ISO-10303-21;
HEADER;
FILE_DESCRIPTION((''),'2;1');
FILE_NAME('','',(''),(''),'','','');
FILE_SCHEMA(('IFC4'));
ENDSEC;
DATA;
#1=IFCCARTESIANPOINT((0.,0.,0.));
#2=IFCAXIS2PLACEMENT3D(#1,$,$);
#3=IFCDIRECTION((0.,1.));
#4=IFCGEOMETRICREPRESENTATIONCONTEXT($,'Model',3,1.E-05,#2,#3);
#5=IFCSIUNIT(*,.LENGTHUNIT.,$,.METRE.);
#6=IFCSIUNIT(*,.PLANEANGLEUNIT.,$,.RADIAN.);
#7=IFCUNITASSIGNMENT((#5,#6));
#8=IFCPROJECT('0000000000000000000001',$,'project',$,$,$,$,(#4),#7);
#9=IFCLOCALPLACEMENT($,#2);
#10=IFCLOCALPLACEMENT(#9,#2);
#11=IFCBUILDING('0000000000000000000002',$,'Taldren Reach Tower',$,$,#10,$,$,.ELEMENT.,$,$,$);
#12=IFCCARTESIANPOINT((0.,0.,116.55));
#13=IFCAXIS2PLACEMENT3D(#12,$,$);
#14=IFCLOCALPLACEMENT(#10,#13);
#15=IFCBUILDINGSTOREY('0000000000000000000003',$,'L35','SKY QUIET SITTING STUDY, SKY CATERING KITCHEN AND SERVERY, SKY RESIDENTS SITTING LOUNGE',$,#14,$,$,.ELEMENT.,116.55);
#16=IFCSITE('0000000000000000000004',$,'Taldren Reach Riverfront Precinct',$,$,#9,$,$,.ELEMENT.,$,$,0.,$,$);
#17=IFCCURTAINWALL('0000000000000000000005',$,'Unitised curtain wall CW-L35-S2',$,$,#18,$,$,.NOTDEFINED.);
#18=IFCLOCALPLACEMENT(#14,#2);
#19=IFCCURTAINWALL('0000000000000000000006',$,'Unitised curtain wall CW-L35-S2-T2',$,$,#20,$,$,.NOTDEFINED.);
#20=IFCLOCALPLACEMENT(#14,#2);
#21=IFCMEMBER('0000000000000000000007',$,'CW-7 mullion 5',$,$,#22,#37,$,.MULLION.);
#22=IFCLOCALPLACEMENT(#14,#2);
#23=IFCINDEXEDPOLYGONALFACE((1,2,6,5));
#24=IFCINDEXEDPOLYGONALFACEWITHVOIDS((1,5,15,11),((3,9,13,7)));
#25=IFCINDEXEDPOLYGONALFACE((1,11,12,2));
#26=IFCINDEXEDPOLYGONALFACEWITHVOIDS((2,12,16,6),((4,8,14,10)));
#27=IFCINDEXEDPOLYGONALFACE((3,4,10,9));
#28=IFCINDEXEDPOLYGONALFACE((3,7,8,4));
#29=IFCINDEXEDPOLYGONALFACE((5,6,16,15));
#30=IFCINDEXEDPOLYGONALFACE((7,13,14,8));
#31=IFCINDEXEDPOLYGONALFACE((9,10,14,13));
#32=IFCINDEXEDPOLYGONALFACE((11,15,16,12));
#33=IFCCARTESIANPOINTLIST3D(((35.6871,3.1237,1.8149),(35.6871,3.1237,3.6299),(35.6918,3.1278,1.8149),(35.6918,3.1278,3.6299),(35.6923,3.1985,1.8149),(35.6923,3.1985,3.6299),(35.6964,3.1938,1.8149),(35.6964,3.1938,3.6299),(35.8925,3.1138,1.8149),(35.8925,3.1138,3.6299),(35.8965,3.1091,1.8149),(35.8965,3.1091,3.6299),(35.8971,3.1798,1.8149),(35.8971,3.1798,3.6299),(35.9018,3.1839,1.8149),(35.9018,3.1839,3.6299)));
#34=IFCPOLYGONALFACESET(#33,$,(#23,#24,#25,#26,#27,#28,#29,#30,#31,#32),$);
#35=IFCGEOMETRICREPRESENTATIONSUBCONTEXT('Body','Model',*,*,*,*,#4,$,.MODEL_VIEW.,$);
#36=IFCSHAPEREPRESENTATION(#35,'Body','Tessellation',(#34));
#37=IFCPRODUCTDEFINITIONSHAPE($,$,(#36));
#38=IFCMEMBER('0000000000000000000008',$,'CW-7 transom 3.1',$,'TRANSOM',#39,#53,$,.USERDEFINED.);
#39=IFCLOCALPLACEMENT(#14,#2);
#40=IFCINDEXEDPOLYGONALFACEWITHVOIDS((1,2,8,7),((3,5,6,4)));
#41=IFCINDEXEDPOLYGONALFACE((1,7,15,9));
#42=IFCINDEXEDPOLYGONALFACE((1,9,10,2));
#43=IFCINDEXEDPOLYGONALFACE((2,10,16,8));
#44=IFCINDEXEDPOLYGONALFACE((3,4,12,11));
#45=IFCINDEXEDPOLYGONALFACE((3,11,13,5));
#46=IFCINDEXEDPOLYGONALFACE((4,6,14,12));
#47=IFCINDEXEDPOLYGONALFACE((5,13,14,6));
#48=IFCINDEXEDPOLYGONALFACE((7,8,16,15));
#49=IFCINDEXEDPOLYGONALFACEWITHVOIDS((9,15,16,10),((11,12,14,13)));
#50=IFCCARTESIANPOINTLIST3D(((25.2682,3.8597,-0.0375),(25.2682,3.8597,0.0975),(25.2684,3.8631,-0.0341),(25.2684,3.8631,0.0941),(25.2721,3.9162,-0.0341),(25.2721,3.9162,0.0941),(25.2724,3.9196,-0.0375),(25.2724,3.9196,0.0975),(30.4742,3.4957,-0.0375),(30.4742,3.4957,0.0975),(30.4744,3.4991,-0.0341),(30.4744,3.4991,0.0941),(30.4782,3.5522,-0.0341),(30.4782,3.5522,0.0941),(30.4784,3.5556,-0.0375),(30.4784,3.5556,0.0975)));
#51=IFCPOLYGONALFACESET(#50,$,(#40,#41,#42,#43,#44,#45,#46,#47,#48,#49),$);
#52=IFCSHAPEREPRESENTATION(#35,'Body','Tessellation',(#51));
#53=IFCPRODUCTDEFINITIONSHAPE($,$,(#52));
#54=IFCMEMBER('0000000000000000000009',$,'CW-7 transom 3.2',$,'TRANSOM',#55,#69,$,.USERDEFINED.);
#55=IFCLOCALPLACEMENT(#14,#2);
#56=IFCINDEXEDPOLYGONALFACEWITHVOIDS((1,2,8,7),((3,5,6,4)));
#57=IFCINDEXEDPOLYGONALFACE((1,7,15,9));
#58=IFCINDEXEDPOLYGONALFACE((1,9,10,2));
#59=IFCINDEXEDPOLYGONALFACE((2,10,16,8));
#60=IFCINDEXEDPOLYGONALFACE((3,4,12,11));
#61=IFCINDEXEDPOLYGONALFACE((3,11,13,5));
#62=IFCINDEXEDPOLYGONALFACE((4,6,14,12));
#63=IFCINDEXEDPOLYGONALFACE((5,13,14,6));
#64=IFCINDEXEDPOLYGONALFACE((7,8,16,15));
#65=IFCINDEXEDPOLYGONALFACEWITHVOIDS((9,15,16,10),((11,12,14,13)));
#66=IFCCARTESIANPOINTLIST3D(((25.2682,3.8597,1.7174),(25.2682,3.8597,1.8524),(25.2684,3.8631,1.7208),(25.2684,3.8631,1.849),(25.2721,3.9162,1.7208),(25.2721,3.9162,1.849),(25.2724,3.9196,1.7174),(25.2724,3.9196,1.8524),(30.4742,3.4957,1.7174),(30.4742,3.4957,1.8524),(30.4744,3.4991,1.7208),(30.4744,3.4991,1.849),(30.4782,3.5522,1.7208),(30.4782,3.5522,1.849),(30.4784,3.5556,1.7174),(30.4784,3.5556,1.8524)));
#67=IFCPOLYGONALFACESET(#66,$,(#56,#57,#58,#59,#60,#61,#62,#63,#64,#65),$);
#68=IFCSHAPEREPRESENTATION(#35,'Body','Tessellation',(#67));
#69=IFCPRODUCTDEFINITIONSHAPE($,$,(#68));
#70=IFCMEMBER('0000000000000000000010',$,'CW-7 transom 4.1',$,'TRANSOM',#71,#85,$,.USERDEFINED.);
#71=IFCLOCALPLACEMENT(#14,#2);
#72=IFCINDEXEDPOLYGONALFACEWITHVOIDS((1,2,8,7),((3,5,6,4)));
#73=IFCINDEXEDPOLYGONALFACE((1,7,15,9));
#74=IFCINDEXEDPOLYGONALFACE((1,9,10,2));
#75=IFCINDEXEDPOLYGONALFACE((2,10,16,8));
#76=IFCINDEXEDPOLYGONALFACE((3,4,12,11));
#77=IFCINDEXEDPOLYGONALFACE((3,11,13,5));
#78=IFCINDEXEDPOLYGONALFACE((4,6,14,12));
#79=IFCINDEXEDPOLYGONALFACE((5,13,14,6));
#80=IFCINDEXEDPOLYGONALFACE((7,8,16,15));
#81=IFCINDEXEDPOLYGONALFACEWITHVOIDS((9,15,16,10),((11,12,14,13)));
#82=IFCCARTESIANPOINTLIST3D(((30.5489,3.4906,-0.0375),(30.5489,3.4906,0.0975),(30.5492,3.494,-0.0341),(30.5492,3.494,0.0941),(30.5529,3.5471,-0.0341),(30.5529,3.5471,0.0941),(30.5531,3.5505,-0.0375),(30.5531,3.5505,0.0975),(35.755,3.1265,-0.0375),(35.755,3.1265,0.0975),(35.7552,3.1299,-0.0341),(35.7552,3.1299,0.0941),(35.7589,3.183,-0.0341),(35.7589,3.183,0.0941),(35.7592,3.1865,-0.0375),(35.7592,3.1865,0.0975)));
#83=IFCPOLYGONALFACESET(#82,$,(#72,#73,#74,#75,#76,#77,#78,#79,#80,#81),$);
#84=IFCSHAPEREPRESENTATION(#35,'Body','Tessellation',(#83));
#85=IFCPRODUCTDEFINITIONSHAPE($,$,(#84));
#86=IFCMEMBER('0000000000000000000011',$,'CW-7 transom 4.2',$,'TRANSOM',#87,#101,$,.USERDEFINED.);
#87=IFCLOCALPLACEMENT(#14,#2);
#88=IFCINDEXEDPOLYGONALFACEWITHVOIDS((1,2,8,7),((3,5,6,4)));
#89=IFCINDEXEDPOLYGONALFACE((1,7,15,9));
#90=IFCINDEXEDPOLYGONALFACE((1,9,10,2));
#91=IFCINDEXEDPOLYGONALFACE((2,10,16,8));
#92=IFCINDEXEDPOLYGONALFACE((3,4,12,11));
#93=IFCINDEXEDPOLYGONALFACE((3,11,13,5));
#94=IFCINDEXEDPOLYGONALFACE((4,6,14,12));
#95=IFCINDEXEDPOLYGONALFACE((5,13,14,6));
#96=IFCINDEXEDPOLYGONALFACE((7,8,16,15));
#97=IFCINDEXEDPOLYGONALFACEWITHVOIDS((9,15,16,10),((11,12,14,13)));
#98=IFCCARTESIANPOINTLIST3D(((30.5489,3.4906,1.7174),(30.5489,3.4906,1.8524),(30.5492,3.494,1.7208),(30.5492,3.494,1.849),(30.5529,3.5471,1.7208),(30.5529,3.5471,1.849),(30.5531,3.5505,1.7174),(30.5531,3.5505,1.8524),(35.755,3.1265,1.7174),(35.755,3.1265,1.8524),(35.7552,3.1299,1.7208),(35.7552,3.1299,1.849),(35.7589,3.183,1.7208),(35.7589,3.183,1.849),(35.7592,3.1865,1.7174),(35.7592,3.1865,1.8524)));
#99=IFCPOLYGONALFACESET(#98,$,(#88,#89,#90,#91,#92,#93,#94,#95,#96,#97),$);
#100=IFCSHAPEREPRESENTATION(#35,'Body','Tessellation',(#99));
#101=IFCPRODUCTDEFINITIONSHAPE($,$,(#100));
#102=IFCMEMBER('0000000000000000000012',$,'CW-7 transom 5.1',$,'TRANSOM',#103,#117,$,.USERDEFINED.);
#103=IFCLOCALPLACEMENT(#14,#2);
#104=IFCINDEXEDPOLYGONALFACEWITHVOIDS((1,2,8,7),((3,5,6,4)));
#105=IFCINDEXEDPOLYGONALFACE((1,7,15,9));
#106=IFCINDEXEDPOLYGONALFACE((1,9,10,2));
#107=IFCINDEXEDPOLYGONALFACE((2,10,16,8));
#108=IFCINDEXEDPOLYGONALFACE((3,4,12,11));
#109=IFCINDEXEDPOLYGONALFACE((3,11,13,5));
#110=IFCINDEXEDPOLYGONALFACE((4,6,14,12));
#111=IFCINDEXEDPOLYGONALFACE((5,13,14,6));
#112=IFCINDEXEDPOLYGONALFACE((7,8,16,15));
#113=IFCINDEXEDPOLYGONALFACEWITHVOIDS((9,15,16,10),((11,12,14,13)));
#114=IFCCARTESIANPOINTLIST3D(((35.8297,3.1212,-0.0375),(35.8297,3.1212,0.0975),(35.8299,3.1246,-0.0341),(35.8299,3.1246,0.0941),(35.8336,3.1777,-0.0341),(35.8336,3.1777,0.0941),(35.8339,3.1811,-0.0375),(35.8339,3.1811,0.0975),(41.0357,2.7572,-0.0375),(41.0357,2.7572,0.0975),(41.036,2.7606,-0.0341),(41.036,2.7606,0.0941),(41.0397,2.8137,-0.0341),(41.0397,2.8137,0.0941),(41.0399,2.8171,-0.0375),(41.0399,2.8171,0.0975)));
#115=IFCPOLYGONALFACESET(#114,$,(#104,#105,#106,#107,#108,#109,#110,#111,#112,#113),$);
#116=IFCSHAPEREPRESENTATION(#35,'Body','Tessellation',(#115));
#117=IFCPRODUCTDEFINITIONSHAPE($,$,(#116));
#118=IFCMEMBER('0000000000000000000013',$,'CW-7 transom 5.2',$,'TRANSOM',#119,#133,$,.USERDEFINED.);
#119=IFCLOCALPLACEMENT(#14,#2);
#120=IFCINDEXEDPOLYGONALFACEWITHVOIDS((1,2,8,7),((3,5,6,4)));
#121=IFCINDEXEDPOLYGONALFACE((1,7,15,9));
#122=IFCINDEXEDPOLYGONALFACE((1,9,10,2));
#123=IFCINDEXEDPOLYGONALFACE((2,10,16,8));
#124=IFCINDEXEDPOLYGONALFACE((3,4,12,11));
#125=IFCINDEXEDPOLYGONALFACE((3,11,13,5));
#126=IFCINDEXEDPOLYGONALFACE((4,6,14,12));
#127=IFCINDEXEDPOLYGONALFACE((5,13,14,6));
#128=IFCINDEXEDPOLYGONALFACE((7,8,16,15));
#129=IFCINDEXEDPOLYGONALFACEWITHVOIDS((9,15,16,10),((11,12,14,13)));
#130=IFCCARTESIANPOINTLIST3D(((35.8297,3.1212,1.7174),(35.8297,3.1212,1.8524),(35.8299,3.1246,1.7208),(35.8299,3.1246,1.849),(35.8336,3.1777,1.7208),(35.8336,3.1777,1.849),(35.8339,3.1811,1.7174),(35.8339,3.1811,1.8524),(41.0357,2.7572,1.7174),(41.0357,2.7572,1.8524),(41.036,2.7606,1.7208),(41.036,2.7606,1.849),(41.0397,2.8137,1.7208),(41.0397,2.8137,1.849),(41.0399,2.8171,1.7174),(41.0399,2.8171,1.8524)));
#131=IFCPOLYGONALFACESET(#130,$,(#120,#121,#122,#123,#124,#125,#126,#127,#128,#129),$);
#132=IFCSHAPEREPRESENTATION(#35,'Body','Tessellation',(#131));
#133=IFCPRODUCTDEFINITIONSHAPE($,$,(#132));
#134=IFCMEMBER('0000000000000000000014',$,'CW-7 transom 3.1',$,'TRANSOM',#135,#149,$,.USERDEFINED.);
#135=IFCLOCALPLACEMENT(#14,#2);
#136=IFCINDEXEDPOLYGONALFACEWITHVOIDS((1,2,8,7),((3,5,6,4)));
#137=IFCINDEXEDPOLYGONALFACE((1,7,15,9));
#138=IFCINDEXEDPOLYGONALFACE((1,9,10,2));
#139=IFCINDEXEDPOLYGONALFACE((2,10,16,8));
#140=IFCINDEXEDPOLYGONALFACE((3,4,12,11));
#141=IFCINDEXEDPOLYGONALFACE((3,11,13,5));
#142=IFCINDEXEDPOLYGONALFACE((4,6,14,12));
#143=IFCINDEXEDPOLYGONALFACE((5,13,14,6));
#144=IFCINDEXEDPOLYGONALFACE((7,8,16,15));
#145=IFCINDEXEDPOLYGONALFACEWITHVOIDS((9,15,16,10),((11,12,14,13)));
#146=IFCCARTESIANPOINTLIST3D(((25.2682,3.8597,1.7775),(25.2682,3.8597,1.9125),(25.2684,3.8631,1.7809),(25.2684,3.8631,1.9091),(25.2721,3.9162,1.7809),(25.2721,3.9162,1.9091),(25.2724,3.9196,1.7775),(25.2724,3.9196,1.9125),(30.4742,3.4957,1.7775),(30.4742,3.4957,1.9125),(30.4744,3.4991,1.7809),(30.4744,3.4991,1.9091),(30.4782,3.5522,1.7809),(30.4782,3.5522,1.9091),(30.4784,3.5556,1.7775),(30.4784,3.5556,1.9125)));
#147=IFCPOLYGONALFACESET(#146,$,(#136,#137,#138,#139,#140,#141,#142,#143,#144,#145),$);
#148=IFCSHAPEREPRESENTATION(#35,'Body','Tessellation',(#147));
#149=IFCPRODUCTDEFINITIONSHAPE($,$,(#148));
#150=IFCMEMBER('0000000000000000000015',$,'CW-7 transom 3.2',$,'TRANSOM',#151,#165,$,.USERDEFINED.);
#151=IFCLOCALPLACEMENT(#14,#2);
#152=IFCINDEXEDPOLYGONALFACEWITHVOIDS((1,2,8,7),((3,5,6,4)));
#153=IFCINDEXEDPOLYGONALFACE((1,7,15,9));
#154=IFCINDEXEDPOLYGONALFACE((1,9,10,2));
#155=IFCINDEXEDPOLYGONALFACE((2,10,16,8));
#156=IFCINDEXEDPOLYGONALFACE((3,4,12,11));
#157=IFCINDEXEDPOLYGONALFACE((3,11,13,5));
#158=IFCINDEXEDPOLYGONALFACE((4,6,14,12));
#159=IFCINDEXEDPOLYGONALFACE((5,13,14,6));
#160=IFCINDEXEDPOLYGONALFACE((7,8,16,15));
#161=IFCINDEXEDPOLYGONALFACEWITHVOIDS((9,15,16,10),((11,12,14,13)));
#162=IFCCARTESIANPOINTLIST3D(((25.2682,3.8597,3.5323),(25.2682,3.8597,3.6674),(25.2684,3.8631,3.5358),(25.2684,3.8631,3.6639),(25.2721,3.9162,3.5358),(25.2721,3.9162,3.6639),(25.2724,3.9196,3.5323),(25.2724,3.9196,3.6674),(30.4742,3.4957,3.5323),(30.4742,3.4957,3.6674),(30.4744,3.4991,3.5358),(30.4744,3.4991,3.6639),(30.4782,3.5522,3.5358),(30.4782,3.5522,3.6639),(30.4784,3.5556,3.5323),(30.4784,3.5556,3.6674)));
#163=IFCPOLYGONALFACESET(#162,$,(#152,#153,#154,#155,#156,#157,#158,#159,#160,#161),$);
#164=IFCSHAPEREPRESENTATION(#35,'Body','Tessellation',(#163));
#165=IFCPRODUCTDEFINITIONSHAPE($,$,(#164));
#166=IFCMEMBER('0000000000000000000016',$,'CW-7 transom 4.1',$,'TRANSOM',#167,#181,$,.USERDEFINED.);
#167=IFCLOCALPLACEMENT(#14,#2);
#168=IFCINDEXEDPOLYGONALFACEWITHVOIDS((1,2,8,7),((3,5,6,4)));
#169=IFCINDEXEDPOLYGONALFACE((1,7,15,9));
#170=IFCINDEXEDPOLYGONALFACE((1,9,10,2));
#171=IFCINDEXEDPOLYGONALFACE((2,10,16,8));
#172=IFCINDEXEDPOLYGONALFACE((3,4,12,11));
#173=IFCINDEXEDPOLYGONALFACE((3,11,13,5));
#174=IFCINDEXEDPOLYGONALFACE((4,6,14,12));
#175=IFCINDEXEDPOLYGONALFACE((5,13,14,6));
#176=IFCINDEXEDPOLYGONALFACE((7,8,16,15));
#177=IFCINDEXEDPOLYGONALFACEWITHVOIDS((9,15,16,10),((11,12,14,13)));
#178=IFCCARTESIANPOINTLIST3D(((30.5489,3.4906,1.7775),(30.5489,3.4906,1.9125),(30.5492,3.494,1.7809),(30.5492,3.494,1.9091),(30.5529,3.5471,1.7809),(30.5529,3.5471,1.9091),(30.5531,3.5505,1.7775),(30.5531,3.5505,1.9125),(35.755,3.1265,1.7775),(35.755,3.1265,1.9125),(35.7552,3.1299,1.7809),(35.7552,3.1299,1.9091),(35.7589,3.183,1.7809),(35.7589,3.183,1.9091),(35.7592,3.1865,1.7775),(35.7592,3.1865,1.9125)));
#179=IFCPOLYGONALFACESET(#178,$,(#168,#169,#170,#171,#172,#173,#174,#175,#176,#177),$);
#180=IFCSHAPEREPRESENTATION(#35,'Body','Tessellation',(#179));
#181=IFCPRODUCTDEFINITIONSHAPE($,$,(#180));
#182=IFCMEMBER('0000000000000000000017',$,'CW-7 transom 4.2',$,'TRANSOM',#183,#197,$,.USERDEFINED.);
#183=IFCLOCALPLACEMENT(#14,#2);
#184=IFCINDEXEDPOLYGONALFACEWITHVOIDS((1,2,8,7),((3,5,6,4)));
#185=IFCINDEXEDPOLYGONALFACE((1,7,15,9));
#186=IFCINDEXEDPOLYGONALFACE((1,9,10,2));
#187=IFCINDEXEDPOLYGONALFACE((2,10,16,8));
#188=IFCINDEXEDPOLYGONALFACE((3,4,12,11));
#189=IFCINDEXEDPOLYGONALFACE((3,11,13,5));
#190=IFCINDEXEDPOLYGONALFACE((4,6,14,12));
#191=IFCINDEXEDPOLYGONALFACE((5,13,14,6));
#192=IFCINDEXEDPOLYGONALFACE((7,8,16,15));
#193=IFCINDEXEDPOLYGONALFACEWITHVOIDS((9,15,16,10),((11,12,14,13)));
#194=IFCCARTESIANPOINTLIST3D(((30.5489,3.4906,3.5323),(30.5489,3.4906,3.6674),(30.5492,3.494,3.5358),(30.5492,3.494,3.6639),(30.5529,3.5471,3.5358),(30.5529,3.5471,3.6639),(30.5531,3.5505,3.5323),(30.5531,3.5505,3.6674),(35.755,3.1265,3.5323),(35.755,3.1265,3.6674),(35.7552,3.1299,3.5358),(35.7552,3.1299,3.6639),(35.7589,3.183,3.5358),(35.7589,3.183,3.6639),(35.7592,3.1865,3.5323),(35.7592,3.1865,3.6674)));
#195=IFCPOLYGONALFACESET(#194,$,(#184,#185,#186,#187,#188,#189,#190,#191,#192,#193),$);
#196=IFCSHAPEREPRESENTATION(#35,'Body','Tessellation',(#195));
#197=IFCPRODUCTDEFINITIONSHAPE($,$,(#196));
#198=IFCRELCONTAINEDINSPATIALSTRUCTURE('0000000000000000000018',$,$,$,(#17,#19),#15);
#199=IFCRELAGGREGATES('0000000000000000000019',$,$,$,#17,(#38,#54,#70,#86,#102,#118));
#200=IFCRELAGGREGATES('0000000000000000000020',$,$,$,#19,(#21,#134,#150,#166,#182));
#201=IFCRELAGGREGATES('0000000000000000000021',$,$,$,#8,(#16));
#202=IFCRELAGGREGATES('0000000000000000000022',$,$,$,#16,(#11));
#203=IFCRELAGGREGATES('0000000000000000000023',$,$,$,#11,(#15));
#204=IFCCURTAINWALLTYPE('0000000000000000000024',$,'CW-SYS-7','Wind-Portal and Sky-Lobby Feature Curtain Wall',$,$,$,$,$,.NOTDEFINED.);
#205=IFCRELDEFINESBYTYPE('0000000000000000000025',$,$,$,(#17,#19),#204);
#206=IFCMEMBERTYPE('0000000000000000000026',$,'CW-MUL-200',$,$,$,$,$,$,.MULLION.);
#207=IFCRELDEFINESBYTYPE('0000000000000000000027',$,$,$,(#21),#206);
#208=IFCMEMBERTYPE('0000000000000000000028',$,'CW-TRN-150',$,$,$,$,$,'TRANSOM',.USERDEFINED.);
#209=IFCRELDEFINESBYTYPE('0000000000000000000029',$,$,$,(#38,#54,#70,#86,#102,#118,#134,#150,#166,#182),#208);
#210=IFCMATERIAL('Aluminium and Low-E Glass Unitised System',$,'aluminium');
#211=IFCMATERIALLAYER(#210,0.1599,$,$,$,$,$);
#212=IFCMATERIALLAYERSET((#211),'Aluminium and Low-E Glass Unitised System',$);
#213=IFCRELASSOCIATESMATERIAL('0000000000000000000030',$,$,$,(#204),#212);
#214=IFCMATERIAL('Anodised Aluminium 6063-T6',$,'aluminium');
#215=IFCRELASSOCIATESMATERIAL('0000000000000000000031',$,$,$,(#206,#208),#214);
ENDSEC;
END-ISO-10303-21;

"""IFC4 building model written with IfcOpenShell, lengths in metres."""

from ifc_helpers import new_model, si_unit, direction, frame, origin, origin_2d, place, context, subcontext, project, spatial, hollow_rectangle, extrude, source, transform, mapped, material, layer, layer_set, material_profile, profile_set, type_object, element, aggregate, save


model = new_model("IFC4")

# Units and contexts
model_context = context("Model", 3, precision=1e-05, world=origin(), true_north=direction((0.0, 1.0)))
body_context = subcontext(model_context, "Body", "Model", "MODEL_VIEW")
ifc_project = project(units=[si_unit("LENGTHUNIT", "METRE"), si_unit("PLANEANGLEUNIT", "RADIAN")], contexts=[model_context])

# Site, building, storey
site_placement = place(None, origin())
site = spatial("IfcSite", under=ifc_project, at=site_placement, Name="Taldren Reach Riverfront Precinct", CompositionType="ELEMENT", RefElevation=0.0)
building_placement = place(site_placement, origin())
building = spatial("IfcBuilding", under=site, at=building_placement, Name="Taldren Reach Tower", CompositionType="ELEMENT")
storey_placement = place(building_placement, frame((0.0, 0.0, 116.55)))
storey = spatial("IfcBuildingStorey", under=building, at=storey_placement, Name="L35", Description="SKY QUIET SITTING STUDY, SKY CATERING KITCHEN AND SERVERY, SKY RESIDENTS SITTING LOUNGE", CompositionType="ELEMENT", Elevation=116.55)

# Curtain walls, member
ifc_material_1 = material(Name="Aluminium and Low-E Glass Unitised System", Category="aluminium")
ifc_layer_1 = layer(ifc_material_1, 0.1599)
ifc_layer_set_1 = layer_set([ifc_layer_1], Name="Aluminium and Low-E Glass Unitised System")
curtain_wall_type = type_object("IfcCurtainWallType", Name="CW-SYS-7", Description="Wind-Portal and Sky-Lobby Feature Curtain Wall", PredefinedType="NOTDEFINED", material=ifc_layer_set_1)
curtain_wall_1_placement = place(storey_placement, origin())
curtain_wall_1 = element("IfcCurtainWall", 1, at=curtain_wall_1_placement, inside=storey, type_object=curtain_wall_type, Name="Unitised curtain wall CW-L35-S2", PredefinedType="NOTDEFINED")
ifc_material_2 = material(Name="Anodised Aluminium 6063-T6", Category="aluminium")
ifc_material_profile_1 = material_profile(ifc_material_2, hollow_rectangle(XDim=0.075, YDim=0.21, WallThickness=0.0044, at=origin_2d()), Name="ALU-210x75x4.5RHS")
ifc_profile_set_1 = profile_set([ifc_material_profile_1], Name="Anodised Aluminium 6063-T6")
member_type_1 = type_object("IfcMemberType", Name="CW-MUL-200", PredefinedType="MULLION", material=ifc_profile_set_1)
shared_shape_1 = source(origin(), body_context, "Body", "SweptSolid", [
    extrude(hollow_rectangle(XDim=0.075, YDim=0.21, WallThickness=0.0044, at=origin_2d()), origin(), (0.0, 0.0, 1.0), 1.8149),
])
curtain_wall_2_placement = place(storey_placement, origin())
curtain_wall_2 = element("IfcCurtainWall", 2, at=curtain_wall_2_placement, inside=storey, type_object=curtain_wall_type, Name="Unitised curtain wall CW-L35-S2-T2", PredefinedType="NOTDEFINED")
member_1_placement = place(storey_placement, frame((35.7944, 3.1538, 1.8149), z_axis=(0.0, 0.0, 1.0), x_axis=(0.069757, 0.997564, 0.0)))
member_1 = element("IfcMember", 3, at=member_1_placement, type_object=member_type_1, Name="CW-7 mullion 5", PredefinedType="MULLION", context=body_context, shape_type="MappedRepresentation", body=[
    mapped(shared_shape_1, transform((0.0, 0.0, 0.0), scale=1.0)),
])

# Members
ifc_material_profile_2 = material_profile(ifc_material_2, hollow_rectangle(XDim=0.0601, YDim=0.135, WallThickness=0.0034, at=origin_2d()), Name="ALU-135x60x3.5RHS")
ifc_profile_set_2 = profile_set([ifc_material_profile_2], Name="Anodised Aluminium 6063-T6")
member_type_2 = type_object("IfcMemberType", Name="CW-TRN-150", ElementType="TRANSOM", PredefinedType="USERDEFINED", material=ifc_profile_set_2)
shared_shape_2 = source(origin(), body_context, "Body", "SweptSolid", [
    extrude(hollow_rectangle(XDim=0.0601, YDim=0.135, WallThickness=0.0034, at=origin_2d()), origin(), (0.0, 0.0, 1.0), 5.2188),
])
member_2_placement = place(storey_placement, frame((25.2703, 3.8896, 0.03), z_axis=(0.997564, -0.069751, 0.0), x_axis=(0.069751, 0.997564, 0.0)))
member_2 = element("IfcMember", 4, at=member_2_placement, type_object=member_type_2, Name="CW-7 transom 3.1", ObjectType="TRANSOM", PredefinedType="USERDEFINED", context=body_context, shape_type="MappedRepresentation", body=[
    mapped(shared_shape_2, transform((0.0, 0.0, 0.0), scale=1.0)),
])
member_3_placement = place(storey_placement, frame((25.2703, 3.8896, 1.7849), z_axis=(0.997564, -0.069751, 0.0), x_axis=(0.069751, 0.997564, 0.0)))
member_3 = element("IfcMember", 5, at=member_3_placement, type_object=member_type_2, Name="CW-7 transom 3.2", ObjectType="TRANSOM", PredefinedType="USERDEFINED", context=body_context, shape_type="MappedRepresentation", body=[
    mapped(shared_shape_2, transform((0.0, 0.0, 0.0), scale=1.0)),
])
member_4_placement = place(storey_placement, frame((30.551, 3.5205, 0.03), z_axis=(0.997564, -0.069751, 0.0), x_axis=(0.069751, 0.997564, 0.0)))
member_4 = element("IfcMember", 6, at=member_4_placement, type_object=member_type_2, Name="CW-7 transom 4.1", ObjectType="TRANSOM", PredefinedType="USERDEFINED", context=body_context, shape_type="MappedRepresentation", body=[
    mapped(shared_shape_2, transform((0.0, 0.0, 0.0), scale=1.0)),
])
member_5_placement = place(storey_placement, frame((30.551, 3.5205, 1.7849), z_axis=(0.997564, -0.069751, 0.0), x_axis=(0.069751, 0.997564, 0.0)))
member_5 = element("IfcMember", 7, at=member_5_placement, type_object=member_type_2, Name="CW-7 transom 4.2", ObjectType="TRANSOM", PredefinedType="USERDEFINED", context=body_context, shape_type="MappedRepresentation", body=[
    mapped(shared_shape_2, transform((0.0, 0.0, 0.0), scale=1.0)),
])
member_6_placement = place(storey_placement, frame((35.8318, 3.1511, 0.03), z_axis=(0.997564, -0.069751, 0.0), x_axis=(0.069751, 0.997564, 0.0)))
member_6 = element("IfcMember", 8, at=member_6_placement, type_object=member_type_2, Name="CW-7 transom 5.1", ObjectType="TRANSOM", PredefinedType="USERDEFINED", context=body_context, shape_type="MappedRepresentation", body=[
    mapped(shared_shape_2, transform((0.0, 0.0, 0.0), scale=1.0)),
])
member_7_placement = place(storey_placement, frame((35.8318, 3.1511, 1.7849), z_axis=(0.997564, -0.069751, 0.0), x_axis=(0.069751, 0.997564, 0.0)))
member_7 = element("IfcMember", 9, at=member_7_placement, type_object=member_type_2, Name="CW-7 transom 5.2", ObjectType="TRANSOM", PredefinedType="USERDEFINED", context=body_context, shape_type="MappedRepresentation", body=[
    mapped(shared_shape_2, transform((0.0, 0.0, 0.0), scale=1.0)),
])
member_8_placement = place(storey_placement, frame((25.2703, 3.8896, 1.845), z_axis=(0.997564, -0.069751, 0.0), x_axis=(0.069751, 0.997564, 0.0)))
member_8 = element("IfcMember", 10, at=member_8_placement, type_object=member_type_2, Name="CW-7 transom 3.1", ObjectType="TRANSOM", PredefinedType="USERDEFINED", context=body_context, shape_type="MappedRepresentation", body=[
    mapped(shared_shape_2, transform((0.0, 0.0, 0.0), scale=1.0)),
])
member_9_placement = place(storey_placement, frame((25.2703, 3.8896, 3.5999), z_axis=(0.997564, -0.069751, 0.0), x_axis=(0.069751, 0.997564, 0.0)))
member_9 = element("IfcMember", 11, at=member_9_placement, type_object=member_type_2, Name="CW-7 transom 3.2", ObjectType="TRANSOM", PredefinedType="USERDEFINED", context=body_context, shape_type="MappedRepresentation", body=[
    mapped(shared_shape_2, transform((0.0, 0.0, 0.0), scale=1.0)),
])
member_10_placement = place(storey_placement, frame((30.551, 3.5205, 1.845), z_axis=(0.997564, -0.069751, 0.0), x_axis=(0.069751, 0.997564, 0.0)))
member_10 = element("IfcMember", 12, at=member_10_placement, type_object=member_type_2, Name="CW-7 transom 4.1", ObjectType="TRANSOM", PredefinedType="USERDEFINED", context=body_context, shape_type="MappedRepresentation", body=[
    mapped(shared_shape_2, transform((0.0, 0.0, 0.0), scale=1.0)),
])
member_11_placement = place(storey_placement, frame((30.551, 3.5205, 3.5999), z_axis=(0.997564, -0.069751, 0.0), x_axis=(0.069751, 0.997564, 0.0)))
member_11 = element("IfcMember", 13, at=member_11_placement, type_object=member_type_2, Name="CW-7 transom 4.2", ObjectType="TRANSOM", PredefinedType="USERDEFINED", context=body_context, shape_type="MappedRepresentation", body=[
    mapped(shared_shape_2, transform((0.0, 0.0, 0.0), scale=1.0)),
])

aggregate(curtain_wall_1, [member_2, member_3, member_4, member_5, member_6, member_7])
aggregate(curtain_wall_2, [member_1, member_8, member_9, member_10, member_11])

save(model, "model.ifc")
